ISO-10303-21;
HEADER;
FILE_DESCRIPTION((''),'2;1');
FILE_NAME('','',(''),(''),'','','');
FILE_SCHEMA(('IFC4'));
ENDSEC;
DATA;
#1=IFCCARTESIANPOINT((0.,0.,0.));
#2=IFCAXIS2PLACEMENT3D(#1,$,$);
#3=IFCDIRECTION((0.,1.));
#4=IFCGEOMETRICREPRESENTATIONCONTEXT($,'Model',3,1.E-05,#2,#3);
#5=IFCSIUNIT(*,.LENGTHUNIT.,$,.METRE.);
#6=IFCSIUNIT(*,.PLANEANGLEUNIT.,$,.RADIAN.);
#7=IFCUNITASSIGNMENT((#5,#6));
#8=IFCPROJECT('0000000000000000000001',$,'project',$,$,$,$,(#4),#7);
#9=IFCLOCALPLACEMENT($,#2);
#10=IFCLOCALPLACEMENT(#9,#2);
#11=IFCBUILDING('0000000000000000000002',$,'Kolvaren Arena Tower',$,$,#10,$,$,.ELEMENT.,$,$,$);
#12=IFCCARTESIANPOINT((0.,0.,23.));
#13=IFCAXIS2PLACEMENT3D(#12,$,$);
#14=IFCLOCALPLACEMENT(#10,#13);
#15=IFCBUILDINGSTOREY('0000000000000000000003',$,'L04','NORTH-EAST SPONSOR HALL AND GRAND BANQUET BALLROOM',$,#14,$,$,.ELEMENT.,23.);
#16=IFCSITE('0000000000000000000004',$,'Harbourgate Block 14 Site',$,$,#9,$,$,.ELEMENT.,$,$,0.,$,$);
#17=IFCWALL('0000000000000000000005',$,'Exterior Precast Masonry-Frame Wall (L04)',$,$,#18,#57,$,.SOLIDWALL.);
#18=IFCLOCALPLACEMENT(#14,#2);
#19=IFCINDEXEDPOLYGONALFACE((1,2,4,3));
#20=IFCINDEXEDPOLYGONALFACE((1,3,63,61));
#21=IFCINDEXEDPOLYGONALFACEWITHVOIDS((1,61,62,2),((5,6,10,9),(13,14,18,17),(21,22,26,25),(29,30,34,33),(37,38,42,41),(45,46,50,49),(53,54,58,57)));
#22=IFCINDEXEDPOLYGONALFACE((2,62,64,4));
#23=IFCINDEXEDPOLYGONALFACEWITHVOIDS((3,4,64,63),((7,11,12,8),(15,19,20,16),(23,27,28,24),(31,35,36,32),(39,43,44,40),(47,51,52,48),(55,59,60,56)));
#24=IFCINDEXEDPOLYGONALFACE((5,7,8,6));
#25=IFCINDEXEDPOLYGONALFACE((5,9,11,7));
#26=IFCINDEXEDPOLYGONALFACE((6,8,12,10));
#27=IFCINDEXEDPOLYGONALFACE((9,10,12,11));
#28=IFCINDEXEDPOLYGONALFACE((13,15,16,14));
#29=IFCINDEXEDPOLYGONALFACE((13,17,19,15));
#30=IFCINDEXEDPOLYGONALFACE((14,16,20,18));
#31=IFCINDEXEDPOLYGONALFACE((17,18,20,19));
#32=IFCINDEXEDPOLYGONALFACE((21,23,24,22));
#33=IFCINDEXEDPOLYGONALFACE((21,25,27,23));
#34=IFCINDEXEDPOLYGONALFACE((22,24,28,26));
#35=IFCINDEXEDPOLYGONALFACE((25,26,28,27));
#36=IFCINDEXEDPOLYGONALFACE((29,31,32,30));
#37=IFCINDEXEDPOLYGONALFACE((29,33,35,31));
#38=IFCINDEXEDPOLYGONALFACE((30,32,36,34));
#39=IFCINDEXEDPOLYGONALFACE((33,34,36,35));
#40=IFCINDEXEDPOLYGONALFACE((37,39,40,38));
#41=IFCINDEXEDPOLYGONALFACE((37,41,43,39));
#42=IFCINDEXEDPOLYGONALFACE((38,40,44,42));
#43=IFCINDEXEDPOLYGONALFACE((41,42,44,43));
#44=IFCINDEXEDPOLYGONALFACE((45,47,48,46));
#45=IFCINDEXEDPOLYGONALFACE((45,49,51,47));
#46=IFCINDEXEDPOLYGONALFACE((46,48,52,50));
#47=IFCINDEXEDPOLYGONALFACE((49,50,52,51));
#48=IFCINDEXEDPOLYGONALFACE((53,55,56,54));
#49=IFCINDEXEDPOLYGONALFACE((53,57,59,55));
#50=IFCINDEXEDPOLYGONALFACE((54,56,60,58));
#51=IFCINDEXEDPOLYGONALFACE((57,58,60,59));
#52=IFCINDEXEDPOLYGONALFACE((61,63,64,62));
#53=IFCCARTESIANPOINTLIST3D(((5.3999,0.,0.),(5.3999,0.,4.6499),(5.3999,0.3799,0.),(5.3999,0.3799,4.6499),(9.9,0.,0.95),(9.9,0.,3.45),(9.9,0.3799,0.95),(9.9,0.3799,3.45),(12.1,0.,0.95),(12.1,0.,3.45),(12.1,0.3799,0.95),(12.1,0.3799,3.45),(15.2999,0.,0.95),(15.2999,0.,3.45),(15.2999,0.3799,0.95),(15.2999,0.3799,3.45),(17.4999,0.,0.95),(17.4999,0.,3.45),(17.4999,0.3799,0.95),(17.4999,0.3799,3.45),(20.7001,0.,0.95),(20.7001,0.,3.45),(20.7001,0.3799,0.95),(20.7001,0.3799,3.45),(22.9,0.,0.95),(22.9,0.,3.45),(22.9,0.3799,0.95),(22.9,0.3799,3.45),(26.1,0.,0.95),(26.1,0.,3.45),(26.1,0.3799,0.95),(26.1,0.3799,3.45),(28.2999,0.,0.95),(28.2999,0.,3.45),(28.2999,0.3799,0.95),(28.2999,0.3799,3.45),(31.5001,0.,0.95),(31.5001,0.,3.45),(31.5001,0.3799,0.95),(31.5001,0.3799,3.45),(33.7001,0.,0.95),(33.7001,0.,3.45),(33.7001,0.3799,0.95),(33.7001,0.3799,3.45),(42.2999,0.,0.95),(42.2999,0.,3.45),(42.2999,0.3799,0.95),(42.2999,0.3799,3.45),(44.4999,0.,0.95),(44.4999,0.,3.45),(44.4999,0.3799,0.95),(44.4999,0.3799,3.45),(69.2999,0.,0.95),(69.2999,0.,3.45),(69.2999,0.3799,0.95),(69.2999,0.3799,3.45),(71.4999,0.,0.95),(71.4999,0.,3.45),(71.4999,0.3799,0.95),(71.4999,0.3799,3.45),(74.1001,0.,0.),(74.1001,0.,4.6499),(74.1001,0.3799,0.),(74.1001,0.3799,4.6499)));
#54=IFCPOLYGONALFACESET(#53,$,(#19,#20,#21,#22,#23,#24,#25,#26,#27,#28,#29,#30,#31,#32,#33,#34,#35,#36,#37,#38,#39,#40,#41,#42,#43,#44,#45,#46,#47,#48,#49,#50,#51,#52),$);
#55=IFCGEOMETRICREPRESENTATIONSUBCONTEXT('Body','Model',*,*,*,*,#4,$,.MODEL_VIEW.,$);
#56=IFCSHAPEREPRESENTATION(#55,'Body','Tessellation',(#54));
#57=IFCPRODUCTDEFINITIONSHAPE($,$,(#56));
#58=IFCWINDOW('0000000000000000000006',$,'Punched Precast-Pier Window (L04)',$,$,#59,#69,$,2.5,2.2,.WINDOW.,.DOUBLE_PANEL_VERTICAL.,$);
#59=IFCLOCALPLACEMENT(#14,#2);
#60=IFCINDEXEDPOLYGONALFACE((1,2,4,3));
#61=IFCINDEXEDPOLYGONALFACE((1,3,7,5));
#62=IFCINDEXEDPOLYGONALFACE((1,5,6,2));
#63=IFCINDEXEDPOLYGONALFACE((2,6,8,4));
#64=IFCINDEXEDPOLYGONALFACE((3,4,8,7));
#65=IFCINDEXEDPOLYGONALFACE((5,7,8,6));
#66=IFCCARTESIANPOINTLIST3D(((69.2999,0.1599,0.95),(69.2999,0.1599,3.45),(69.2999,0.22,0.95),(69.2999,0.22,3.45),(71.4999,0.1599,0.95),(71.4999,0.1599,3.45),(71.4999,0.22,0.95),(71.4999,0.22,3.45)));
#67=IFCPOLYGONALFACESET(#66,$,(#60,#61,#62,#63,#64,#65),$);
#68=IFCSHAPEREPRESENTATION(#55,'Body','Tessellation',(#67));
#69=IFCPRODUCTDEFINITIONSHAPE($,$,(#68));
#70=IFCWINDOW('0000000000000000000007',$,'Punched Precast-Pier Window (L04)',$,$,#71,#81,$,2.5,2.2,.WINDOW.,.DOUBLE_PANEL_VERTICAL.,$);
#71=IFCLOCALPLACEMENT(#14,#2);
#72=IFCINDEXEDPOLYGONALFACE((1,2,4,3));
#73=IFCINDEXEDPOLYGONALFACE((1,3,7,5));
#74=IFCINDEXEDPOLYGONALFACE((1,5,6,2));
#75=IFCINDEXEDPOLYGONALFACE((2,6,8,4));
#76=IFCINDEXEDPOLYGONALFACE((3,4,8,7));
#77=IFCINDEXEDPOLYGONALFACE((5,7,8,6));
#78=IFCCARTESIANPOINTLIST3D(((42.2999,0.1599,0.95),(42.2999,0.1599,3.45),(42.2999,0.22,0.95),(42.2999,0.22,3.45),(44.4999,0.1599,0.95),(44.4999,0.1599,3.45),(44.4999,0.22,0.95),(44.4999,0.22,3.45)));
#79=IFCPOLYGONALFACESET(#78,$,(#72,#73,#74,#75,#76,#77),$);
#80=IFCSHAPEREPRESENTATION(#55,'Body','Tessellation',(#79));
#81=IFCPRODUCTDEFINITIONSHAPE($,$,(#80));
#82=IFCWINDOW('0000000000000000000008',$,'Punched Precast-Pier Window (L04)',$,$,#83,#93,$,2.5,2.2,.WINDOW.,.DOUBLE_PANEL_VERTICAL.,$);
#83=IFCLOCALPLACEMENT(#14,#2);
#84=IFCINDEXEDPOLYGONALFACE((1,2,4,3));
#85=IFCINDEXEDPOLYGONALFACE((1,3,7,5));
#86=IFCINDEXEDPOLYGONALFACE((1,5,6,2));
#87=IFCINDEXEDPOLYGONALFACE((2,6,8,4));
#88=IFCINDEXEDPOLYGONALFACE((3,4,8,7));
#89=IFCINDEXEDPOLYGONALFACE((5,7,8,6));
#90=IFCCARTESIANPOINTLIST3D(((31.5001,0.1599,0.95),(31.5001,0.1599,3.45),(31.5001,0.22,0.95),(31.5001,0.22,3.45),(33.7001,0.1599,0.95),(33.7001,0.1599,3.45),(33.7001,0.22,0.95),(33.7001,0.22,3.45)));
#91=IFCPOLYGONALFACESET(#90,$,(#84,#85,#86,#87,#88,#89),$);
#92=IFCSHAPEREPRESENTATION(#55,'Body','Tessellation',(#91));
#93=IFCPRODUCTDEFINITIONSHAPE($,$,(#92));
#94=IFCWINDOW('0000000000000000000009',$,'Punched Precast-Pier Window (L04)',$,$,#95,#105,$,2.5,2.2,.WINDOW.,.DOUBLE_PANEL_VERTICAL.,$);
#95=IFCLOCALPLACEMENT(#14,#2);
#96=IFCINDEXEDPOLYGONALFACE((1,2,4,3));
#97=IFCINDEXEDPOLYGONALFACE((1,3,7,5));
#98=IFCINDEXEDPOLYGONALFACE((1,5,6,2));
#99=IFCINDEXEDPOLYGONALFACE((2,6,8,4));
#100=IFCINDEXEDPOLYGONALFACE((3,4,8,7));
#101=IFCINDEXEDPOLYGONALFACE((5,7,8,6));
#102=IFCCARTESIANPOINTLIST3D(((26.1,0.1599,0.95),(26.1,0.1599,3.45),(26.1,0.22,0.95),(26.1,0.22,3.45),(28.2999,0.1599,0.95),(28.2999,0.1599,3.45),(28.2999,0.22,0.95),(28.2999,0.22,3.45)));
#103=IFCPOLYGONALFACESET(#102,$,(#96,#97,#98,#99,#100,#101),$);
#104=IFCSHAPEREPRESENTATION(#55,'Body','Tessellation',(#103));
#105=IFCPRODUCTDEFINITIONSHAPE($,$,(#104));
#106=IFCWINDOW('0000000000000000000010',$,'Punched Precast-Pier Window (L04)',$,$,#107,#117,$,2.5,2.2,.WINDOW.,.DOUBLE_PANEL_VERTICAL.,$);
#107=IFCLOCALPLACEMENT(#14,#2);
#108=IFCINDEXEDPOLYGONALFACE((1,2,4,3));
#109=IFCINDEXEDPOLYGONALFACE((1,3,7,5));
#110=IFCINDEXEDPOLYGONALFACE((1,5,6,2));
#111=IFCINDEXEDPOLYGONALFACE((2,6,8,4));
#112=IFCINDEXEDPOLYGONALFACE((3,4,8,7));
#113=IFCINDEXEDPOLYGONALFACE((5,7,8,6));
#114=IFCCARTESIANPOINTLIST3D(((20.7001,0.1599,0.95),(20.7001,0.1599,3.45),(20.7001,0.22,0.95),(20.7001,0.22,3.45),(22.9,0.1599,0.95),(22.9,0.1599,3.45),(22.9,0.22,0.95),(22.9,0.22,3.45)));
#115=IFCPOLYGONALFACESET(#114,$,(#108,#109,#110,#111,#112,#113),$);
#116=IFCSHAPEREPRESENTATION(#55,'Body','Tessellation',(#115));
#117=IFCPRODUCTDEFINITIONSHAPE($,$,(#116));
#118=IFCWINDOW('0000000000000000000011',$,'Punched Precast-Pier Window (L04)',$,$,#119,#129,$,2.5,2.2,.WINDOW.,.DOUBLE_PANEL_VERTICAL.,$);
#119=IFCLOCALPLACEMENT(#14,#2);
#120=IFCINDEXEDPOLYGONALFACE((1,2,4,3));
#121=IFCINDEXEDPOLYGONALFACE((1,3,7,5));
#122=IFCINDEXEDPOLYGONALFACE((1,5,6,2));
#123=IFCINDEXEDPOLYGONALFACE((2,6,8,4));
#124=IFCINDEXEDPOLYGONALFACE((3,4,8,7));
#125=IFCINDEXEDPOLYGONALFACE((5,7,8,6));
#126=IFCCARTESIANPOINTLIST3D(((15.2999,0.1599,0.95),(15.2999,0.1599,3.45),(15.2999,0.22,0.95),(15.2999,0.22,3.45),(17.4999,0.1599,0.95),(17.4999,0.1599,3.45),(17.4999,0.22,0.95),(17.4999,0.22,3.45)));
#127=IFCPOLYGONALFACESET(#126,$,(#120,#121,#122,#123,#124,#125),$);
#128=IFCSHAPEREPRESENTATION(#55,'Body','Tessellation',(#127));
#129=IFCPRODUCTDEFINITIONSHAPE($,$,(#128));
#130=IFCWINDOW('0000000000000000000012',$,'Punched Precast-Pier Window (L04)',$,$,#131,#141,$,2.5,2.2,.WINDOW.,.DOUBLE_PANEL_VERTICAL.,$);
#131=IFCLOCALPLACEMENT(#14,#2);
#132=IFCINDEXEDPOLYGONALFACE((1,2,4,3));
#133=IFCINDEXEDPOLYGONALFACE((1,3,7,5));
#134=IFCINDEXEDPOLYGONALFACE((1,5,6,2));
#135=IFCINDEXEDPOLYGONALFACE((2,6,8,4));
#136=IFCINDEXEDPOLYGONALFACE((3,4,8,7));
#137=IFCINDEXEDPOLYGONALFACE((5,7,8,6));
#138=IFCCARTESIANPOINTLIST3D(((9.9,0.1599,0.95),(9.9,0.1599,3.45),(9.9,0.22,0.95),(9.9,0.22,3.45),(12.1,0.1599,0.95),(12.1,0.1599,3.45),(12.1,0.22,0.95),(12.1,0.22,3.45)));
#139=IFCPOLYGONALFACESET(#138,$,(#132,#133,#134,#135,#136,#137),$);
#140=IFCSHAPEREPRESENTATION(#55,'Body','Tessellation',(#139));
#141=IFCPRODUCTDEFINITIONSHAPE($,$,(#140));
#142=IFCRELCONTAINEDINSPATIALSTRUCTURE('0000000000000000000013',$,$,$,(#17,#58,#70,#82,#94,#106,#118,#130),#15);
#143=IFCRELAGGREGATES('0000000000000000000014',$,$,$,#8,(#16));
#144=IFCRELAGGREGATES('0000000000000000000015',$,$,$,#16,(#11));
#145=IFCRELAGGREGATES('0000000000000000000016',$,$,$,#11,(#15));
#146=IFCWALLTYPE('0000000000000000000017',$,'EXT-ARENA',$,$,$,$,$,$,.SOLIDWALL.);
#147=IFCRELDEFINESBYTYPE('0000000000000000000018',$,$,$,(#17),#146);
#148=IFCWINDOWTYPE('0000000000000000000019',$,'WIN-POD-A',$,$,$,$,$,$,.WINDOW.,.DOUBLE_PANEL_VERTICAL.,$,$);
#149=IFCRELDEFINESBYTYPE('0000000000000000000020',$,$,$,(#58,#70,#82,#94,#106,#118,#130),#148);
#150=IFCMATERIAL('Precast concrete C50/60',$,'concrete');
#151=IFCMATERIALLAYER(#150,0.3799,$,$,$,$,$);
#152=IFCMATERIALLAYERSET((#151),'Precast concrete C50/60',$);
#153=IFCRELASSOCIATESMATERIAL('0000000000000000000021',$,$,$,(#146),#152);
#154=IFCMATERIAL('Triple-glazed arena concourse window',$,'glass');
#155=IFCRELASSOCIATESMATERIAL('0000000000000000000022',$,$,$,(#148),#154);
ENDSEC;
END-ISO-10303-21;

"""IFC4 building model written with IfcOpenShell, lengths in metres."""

from ifc_helpers import new_model, si_unit, direction, frame, frame_2d, origin, place, context, subcontext, project, spatial, rectangle, extrude, material, layer, layer_set, type_object, element, fill, save


model = new_model("IFC4")

# Units and contexts
model_context = context("Model", 3, precision=1e-05, world=origin(), true_north=direction((0.0, 1.0)))
body_context = subcontext(model_context, "Body", "Model", "MODEL_VIEW")
ifc_project = project(units=[si_unit("LENGTHUNIT", "METRE"), si_unit("PLANEANGLEUNIT", "RADIAN")], contexts=[model_context])

# Site, building, storey
site_placement = place(None, origin())
site = spatial("IfcSite", under=ifc_project, at=site_placement, Name="Harbourgate Block 14 Site", CompositionType="ELEMENT", RefElevation=0.0)
building_placement = place(site_placement, origin())
building = spatial("IfcBuilding", under=site, at=building_placement, Name="Kolvaren Arena Tower", CompositionType="ELEMENT")
storey_placement = place(building_placement, frame((0.0, 0.0, 23.0)))
storey = spatial("IfcBuildingStorey", under=building, at=storey_placement, Name="L04", Description="NORTH-EAST SPONSOR HALL AND GRAND BANQUET BALLROOM", CompositionType="ELEMENT", Elevation=23.0)

# Shared definitions
ifc_material_1 = material(Name="Precast concrete C50/60", Category="concrete")
ifc_layer_1 = layer(ifc_material_1, 0.3799)
ifc_layer_set_1 = layer_set([ifc_layer_1], Name="Precast concrete C50/60")
wall_type_1 = type_object("IfcWallType", Name="EXT-ARENA", PredefinedType="SOLIDWALL", material=ifc_layer_set_1)

# Wall, openings, windows
wall_1_placement = place(storey_placement, frame((74.1001, 0.1899, 0.0), z_axis=(0.0, 0.0, 1.0), x_axis=(-1.0, 0.0, 0.0)))
wall_1 = element("IfcWall", 1, at=wall_1_placement, inside=storey, type_object=wall_type_1, Name="Exterior Precast Masonry-Frame Wall (L04)", PredefinedType="SOLIDWALL", context=body_context, shape_type="SweptSolid", body=[
    extrude(rectangle(XDim=68.7002, YDim=0.3799, at=frame_2d((34.3501, 0.0))), origin(), (0.0, 0.0, 1.0), 4.6499),
])
opening_1_placement = place(wall_1_placement, frame((2.6001, 0.0, 0.95)))
opening_1 = element("IfcOpeningElement", 2, at=opening_1_placement, cuts=wall_1, PredefinedType="OPENING", context=body_context, shape_type="SweptSolid", body=[
    extrude(rectangle(XDim=2.2, YDim=2.5, at=frame_2d((1.1001, 1.25))), frame((0.0, 0.2, 0.0), z_axis=(0.0, -1.0, 0.0), x_axis=(1.0, 0.0, 0.0)), (0.0, 0.0, 1.0), 0.3999),
])
opening_2_placement = place(wall_1_placement, frame((29.6001, 0.0, 0.95)))
opening_2 = element("IfcOpeningElement", 3, at=opening_2_placement, cuts=wall_1, PredefinedType="OPENING", context=body_context, shape_type="SweptSolid", body=[
    extrude(rectangle(XDim=2.2, YDim=2.5, at=frame_2d((1.1001, 1.25))), frame((0.0, 0.2, 0.0), z_axis=(0.0, -1.0, 0.0), x_axis=(1.0, 0.0, 0.0)), (0.0, 0.0, 1.0), 0.3999),
])
opening_3_placement = place(wall_1_placement, frame((40.3999, 0.0, 0.95)))
opening_3 = element("IfcOpeningElement", 4, at=opening_3_placement, cuts=wall_1, PredefinedType="OPENING", context=body_context, shape_type="SweptSolid", body=[
    extrude(rectangle(XDim=2.2, YDim=2.5, at=frame_2d((1.1001, 1.25))), frame((0.0, 0.2, 0.0), z_axis=(0.0, -1.0, 0.0), x_axis=(1.0, 0.0, 0.0)), (0.0, 0.0, 1.0), 0.3999),
])
opening_4_placement = place(wall_1_placement, frame((45.8, 0.0, 0.95)))
opening_4 = element("IfcOpeningElement", 5, at=opening_4_placement, cuts=wall_1, PredefinedType="OPENING", context=body_context, shape_type="SweptSolid", body=[
    extrude(rectangle(XDim=2.2, YDim=2.5, at=frame_2d((1.1001, 1.25))), frame((0.0, 0.2, 0.0), z_axis=(0.0, -1.0, 0.0), x_axis=(1.0, 0.0, 0.0)), (0.0, 0.0, 1.0), 0.3999),
])
opening_5_placement = place(wall_1_placement, frame((51.2, 0.0, 0.95)))
opening_5 = element("IfcOpeningElement", 6, at=opening_5_placement, cuts=wall_1, PredefinedType="OPENING", context=body_context, shape_type="SweptSolid", body=[
    extrude(rectangle(XDim=2.2, YDim=2.5, at=frame_2d((1.1001, 1.25))), frame((0.0, 0.2, 0.0), z_axis=(0.0, -1.0, 0.0), x_axis=(1.0, 0.0, 0.0)), (0.0, 0.0, 1.0), 0.3999),
])
opening_6_placement = place(wall_1_placement, frame((56.6001, 0.0, 0.95)))
opening_6 = element("IfcOpeningElement", 7, at=opening_6_placement, cuts=wall_1, PredefinedType="OPENING", context=body_context, shape_type="SweptSolid", body=[
    extrude(rectangle(XDim=2.2, YDim=2.5, at=frame_2d((1.1001, 1.25))), frame((0.0, 0.2, 0.0), z_axis=(0.0, -1.0, 0.0), x_axis=(1.0, 0.0, 0.0)), (0.0, 0.0, 1.0), 0.3999),
])
opening_7_placement = place(wall_1_placement, frame((62.0, 0.0, 0.95)))
opening_7 = element("IfcOpeningElement", 8, at=opening_7_placement, cuts=wall_1, PredefinedType="OPENING", context=body_context, shape_type="SweptSolid", body=[
    extrude(rectangle(XDim=2.2, YDim=2.5, at=frame_2d((1.1001, 1.25))), frame((0.0, 0.2, 0.0), z_axis=(0.0, -1.0, 0.0), x_axis=(1.0, 0.0, 0.0)), (0.0, 0.0, 1.0), 0.3999),
])
ifc_material_2 = material(Name="Triple-glazed arena concourse window", Category="glass")
window_type = type_object("IfcWindowType", Name="WIN-POD-A", PartitioningType="DOUBLE_PANEL_VERTICAL", PredefinedType="WINDOW", material=ifc_material_2)
window_1_placement = place(opening_1_placement, origin())
window_1 = element("IfcWindow", 9, at=window_1_placement, inside=storey, type_object=window_type, Name="Punched Precast-Pier Window (L04)", OverallHeight=2.5, OverallWidth=2.2, PartitioningType="DOUBLE_PANEL_VERTICAL", PredefinedType="WINDOW", context=body_context, shape_type="SweptSolid", body=[
    extrude(rectangle(XDim=2.2, YDim=2.5, at=frame_2d((1.1001, 1.25))), frame((0.0, 0.03, 0.0), z_axis=(0.0, -1.0, 0.0), x_axis=(1.0, 0.0, 0.0)), (0.0, 0.0, 1.0), 0.0601),
])
fill(opening_1, window_1)
window_2_placement = place(opening_2_placement, origin())
window_2 = element("IfcWindow", 10, at=window_2_placement, inside=storey, type_object=window_type, Name="Punched Precast-Pier Window (L04)", OverallHeight=2.5, OverallWidth=2.2, PartitioningType="DOUBLE_PANEL_VERTICAL", PredefinedType="WINDOW", context=body_context, shape_type="SweptSolid", body=[
    extrude(rectangle(XDim=2.2, YDim=2.5, at=frame_2d((1.1001, 1.25))), frame((0.0, 0.03, 0.0), z_axis=(0.0, -1.0, 0.0), x_axis=(1.0, 0.0, 0.0)), (0.0, 0.0, 1.0), 0.0601),
])
fill(opening_2, window_2)
window_3_placement = place(opening_3_placement, origin())
window_3 = element("IfcWindow", 11, at=window_3_placement, inside=storey, type_object=window_type, Name="Punched Precast-Pier Window (L04)", OverallHeight=2.5, OverallWidth=2.2, PartitioningType="DOUBLE_PANEL_VERTICAL", PredefinedType="WINDOW", context=body_context, shape_type="SweptSolid", body=[
    extrude(rectangle(XDim=2.2, YDim=2.5, at=frame_2d((1.1001, 1.25))), frame((0.0, 0.03, 0.0), z_axis=(0.0, -1.0, 0.0), x_axis=(1.0, 0.0, 0.0)), (0.0, 0.0, 1.0), 0.0601),
])
fill(opening_3, window_3)
window_4_placement = place(opening_4_placement, origin())
window_4 = element("IfcWindow", 12, at=window_4_placement, inside=storey, type_object=window_type, Name="Punched Precast-Pier Window (L04)", OverallHeight=2.5, OverallWidth=2.2, PartitioningType="DOUBLE_PANEL_VERTICAL", PredefinedType="WINDOW", context=body_context, shape_type="SweptSolid", body=[
    extrude(rectangle(XDim=2.2, YDim=2.5, at=frame_2d((1.1001, 1.25))), frame((0.0, 0.03, 0.0), z_axis=(0.0, -1.0, 0.0), x_axis=(1.0, 0.0, 0.0)), (0.0, 0.0, 1.0), 0.0601),
])
fill(opening_4, window_4)
window_5_placement = place(opening_5_placement, origin())
window_5 = element("IfcWindow", 13, at=window_5_placement, inside=storey, type_object=window_type, Name="Punched Precast-Pier Window (L04)", OverallHeight=2.5, OverallWidth=2.2, PartitioningType="DOUBLE_PANEL_VERTICAL", PredefinedType="WINDOW", context=body_context, shape_type="SweptSolid", body=[
    extrude(rectangle(XDim=2.2, YDim=2.5, at=frame_2d((1.1001, 1.25))), frame((0.0, 0.03, 0.0), z_axis=(0.0, -1.0, 0.0), x_axis=(1.0, 0.0, 0.0)), (0.0, 0.0, 1.0), 0.0601),
])
fill(opening_5, window_5)
window_6_placement = place(opening_6_placement, origin())
window_6 = element("IfcWindow", 14, at=window_6_placement, inside=storey, type_object=window_type, Name="Punched Precast-Pier Window (L04)", OverallHeight=2.5, OverallWidth=2.2, PartitioningType="DOUBLE_PANEL_VERTICAL", PredefinedType="WINDOW", context=body_context, shape_type="SweptSolid", body=[
    extrude(rectangle(XDim=2.2, YDim=2.5, at=frame_2d((1.1001, 1.25))), frame((0.0, 0.03, 0.0), z_axis=(0.0, -1.0, 0.0), x_axis=(1.0, 0.0, 0.0)), (0.0, 0.0, 1.0), 0.0601),
])
fill(opening_6, window_6)
window_7_placement = place(opening_7_placement, origin())
window_7 = element("IfcWindow", 15, at=window_7_placement, inside=storey, type_object=window_type, Name="Punched Precast-Pier Window (L04)", OverallHeight=2.5, OverallWidth=2.2, PartitioningType="DOUBLE_PANEL_VERTICAL", PredefinedType="WINDOW", context=body_context, shape_type="SweptSolid", body=[
    extrude(rectangle(XDim=2.2, YDim=2.5, at=frame_2d((1.1001, 1.25))), frame((0.0, 0.03, 0.0), z_axis=(0.0, -1.0, 0.0), x_axis=(1.0, 0.0, 0.0)), (0.0, 0.0, 1.0), 0.0601),
])
fill(opening_7, window_7)

save(model, "model.ifc")
